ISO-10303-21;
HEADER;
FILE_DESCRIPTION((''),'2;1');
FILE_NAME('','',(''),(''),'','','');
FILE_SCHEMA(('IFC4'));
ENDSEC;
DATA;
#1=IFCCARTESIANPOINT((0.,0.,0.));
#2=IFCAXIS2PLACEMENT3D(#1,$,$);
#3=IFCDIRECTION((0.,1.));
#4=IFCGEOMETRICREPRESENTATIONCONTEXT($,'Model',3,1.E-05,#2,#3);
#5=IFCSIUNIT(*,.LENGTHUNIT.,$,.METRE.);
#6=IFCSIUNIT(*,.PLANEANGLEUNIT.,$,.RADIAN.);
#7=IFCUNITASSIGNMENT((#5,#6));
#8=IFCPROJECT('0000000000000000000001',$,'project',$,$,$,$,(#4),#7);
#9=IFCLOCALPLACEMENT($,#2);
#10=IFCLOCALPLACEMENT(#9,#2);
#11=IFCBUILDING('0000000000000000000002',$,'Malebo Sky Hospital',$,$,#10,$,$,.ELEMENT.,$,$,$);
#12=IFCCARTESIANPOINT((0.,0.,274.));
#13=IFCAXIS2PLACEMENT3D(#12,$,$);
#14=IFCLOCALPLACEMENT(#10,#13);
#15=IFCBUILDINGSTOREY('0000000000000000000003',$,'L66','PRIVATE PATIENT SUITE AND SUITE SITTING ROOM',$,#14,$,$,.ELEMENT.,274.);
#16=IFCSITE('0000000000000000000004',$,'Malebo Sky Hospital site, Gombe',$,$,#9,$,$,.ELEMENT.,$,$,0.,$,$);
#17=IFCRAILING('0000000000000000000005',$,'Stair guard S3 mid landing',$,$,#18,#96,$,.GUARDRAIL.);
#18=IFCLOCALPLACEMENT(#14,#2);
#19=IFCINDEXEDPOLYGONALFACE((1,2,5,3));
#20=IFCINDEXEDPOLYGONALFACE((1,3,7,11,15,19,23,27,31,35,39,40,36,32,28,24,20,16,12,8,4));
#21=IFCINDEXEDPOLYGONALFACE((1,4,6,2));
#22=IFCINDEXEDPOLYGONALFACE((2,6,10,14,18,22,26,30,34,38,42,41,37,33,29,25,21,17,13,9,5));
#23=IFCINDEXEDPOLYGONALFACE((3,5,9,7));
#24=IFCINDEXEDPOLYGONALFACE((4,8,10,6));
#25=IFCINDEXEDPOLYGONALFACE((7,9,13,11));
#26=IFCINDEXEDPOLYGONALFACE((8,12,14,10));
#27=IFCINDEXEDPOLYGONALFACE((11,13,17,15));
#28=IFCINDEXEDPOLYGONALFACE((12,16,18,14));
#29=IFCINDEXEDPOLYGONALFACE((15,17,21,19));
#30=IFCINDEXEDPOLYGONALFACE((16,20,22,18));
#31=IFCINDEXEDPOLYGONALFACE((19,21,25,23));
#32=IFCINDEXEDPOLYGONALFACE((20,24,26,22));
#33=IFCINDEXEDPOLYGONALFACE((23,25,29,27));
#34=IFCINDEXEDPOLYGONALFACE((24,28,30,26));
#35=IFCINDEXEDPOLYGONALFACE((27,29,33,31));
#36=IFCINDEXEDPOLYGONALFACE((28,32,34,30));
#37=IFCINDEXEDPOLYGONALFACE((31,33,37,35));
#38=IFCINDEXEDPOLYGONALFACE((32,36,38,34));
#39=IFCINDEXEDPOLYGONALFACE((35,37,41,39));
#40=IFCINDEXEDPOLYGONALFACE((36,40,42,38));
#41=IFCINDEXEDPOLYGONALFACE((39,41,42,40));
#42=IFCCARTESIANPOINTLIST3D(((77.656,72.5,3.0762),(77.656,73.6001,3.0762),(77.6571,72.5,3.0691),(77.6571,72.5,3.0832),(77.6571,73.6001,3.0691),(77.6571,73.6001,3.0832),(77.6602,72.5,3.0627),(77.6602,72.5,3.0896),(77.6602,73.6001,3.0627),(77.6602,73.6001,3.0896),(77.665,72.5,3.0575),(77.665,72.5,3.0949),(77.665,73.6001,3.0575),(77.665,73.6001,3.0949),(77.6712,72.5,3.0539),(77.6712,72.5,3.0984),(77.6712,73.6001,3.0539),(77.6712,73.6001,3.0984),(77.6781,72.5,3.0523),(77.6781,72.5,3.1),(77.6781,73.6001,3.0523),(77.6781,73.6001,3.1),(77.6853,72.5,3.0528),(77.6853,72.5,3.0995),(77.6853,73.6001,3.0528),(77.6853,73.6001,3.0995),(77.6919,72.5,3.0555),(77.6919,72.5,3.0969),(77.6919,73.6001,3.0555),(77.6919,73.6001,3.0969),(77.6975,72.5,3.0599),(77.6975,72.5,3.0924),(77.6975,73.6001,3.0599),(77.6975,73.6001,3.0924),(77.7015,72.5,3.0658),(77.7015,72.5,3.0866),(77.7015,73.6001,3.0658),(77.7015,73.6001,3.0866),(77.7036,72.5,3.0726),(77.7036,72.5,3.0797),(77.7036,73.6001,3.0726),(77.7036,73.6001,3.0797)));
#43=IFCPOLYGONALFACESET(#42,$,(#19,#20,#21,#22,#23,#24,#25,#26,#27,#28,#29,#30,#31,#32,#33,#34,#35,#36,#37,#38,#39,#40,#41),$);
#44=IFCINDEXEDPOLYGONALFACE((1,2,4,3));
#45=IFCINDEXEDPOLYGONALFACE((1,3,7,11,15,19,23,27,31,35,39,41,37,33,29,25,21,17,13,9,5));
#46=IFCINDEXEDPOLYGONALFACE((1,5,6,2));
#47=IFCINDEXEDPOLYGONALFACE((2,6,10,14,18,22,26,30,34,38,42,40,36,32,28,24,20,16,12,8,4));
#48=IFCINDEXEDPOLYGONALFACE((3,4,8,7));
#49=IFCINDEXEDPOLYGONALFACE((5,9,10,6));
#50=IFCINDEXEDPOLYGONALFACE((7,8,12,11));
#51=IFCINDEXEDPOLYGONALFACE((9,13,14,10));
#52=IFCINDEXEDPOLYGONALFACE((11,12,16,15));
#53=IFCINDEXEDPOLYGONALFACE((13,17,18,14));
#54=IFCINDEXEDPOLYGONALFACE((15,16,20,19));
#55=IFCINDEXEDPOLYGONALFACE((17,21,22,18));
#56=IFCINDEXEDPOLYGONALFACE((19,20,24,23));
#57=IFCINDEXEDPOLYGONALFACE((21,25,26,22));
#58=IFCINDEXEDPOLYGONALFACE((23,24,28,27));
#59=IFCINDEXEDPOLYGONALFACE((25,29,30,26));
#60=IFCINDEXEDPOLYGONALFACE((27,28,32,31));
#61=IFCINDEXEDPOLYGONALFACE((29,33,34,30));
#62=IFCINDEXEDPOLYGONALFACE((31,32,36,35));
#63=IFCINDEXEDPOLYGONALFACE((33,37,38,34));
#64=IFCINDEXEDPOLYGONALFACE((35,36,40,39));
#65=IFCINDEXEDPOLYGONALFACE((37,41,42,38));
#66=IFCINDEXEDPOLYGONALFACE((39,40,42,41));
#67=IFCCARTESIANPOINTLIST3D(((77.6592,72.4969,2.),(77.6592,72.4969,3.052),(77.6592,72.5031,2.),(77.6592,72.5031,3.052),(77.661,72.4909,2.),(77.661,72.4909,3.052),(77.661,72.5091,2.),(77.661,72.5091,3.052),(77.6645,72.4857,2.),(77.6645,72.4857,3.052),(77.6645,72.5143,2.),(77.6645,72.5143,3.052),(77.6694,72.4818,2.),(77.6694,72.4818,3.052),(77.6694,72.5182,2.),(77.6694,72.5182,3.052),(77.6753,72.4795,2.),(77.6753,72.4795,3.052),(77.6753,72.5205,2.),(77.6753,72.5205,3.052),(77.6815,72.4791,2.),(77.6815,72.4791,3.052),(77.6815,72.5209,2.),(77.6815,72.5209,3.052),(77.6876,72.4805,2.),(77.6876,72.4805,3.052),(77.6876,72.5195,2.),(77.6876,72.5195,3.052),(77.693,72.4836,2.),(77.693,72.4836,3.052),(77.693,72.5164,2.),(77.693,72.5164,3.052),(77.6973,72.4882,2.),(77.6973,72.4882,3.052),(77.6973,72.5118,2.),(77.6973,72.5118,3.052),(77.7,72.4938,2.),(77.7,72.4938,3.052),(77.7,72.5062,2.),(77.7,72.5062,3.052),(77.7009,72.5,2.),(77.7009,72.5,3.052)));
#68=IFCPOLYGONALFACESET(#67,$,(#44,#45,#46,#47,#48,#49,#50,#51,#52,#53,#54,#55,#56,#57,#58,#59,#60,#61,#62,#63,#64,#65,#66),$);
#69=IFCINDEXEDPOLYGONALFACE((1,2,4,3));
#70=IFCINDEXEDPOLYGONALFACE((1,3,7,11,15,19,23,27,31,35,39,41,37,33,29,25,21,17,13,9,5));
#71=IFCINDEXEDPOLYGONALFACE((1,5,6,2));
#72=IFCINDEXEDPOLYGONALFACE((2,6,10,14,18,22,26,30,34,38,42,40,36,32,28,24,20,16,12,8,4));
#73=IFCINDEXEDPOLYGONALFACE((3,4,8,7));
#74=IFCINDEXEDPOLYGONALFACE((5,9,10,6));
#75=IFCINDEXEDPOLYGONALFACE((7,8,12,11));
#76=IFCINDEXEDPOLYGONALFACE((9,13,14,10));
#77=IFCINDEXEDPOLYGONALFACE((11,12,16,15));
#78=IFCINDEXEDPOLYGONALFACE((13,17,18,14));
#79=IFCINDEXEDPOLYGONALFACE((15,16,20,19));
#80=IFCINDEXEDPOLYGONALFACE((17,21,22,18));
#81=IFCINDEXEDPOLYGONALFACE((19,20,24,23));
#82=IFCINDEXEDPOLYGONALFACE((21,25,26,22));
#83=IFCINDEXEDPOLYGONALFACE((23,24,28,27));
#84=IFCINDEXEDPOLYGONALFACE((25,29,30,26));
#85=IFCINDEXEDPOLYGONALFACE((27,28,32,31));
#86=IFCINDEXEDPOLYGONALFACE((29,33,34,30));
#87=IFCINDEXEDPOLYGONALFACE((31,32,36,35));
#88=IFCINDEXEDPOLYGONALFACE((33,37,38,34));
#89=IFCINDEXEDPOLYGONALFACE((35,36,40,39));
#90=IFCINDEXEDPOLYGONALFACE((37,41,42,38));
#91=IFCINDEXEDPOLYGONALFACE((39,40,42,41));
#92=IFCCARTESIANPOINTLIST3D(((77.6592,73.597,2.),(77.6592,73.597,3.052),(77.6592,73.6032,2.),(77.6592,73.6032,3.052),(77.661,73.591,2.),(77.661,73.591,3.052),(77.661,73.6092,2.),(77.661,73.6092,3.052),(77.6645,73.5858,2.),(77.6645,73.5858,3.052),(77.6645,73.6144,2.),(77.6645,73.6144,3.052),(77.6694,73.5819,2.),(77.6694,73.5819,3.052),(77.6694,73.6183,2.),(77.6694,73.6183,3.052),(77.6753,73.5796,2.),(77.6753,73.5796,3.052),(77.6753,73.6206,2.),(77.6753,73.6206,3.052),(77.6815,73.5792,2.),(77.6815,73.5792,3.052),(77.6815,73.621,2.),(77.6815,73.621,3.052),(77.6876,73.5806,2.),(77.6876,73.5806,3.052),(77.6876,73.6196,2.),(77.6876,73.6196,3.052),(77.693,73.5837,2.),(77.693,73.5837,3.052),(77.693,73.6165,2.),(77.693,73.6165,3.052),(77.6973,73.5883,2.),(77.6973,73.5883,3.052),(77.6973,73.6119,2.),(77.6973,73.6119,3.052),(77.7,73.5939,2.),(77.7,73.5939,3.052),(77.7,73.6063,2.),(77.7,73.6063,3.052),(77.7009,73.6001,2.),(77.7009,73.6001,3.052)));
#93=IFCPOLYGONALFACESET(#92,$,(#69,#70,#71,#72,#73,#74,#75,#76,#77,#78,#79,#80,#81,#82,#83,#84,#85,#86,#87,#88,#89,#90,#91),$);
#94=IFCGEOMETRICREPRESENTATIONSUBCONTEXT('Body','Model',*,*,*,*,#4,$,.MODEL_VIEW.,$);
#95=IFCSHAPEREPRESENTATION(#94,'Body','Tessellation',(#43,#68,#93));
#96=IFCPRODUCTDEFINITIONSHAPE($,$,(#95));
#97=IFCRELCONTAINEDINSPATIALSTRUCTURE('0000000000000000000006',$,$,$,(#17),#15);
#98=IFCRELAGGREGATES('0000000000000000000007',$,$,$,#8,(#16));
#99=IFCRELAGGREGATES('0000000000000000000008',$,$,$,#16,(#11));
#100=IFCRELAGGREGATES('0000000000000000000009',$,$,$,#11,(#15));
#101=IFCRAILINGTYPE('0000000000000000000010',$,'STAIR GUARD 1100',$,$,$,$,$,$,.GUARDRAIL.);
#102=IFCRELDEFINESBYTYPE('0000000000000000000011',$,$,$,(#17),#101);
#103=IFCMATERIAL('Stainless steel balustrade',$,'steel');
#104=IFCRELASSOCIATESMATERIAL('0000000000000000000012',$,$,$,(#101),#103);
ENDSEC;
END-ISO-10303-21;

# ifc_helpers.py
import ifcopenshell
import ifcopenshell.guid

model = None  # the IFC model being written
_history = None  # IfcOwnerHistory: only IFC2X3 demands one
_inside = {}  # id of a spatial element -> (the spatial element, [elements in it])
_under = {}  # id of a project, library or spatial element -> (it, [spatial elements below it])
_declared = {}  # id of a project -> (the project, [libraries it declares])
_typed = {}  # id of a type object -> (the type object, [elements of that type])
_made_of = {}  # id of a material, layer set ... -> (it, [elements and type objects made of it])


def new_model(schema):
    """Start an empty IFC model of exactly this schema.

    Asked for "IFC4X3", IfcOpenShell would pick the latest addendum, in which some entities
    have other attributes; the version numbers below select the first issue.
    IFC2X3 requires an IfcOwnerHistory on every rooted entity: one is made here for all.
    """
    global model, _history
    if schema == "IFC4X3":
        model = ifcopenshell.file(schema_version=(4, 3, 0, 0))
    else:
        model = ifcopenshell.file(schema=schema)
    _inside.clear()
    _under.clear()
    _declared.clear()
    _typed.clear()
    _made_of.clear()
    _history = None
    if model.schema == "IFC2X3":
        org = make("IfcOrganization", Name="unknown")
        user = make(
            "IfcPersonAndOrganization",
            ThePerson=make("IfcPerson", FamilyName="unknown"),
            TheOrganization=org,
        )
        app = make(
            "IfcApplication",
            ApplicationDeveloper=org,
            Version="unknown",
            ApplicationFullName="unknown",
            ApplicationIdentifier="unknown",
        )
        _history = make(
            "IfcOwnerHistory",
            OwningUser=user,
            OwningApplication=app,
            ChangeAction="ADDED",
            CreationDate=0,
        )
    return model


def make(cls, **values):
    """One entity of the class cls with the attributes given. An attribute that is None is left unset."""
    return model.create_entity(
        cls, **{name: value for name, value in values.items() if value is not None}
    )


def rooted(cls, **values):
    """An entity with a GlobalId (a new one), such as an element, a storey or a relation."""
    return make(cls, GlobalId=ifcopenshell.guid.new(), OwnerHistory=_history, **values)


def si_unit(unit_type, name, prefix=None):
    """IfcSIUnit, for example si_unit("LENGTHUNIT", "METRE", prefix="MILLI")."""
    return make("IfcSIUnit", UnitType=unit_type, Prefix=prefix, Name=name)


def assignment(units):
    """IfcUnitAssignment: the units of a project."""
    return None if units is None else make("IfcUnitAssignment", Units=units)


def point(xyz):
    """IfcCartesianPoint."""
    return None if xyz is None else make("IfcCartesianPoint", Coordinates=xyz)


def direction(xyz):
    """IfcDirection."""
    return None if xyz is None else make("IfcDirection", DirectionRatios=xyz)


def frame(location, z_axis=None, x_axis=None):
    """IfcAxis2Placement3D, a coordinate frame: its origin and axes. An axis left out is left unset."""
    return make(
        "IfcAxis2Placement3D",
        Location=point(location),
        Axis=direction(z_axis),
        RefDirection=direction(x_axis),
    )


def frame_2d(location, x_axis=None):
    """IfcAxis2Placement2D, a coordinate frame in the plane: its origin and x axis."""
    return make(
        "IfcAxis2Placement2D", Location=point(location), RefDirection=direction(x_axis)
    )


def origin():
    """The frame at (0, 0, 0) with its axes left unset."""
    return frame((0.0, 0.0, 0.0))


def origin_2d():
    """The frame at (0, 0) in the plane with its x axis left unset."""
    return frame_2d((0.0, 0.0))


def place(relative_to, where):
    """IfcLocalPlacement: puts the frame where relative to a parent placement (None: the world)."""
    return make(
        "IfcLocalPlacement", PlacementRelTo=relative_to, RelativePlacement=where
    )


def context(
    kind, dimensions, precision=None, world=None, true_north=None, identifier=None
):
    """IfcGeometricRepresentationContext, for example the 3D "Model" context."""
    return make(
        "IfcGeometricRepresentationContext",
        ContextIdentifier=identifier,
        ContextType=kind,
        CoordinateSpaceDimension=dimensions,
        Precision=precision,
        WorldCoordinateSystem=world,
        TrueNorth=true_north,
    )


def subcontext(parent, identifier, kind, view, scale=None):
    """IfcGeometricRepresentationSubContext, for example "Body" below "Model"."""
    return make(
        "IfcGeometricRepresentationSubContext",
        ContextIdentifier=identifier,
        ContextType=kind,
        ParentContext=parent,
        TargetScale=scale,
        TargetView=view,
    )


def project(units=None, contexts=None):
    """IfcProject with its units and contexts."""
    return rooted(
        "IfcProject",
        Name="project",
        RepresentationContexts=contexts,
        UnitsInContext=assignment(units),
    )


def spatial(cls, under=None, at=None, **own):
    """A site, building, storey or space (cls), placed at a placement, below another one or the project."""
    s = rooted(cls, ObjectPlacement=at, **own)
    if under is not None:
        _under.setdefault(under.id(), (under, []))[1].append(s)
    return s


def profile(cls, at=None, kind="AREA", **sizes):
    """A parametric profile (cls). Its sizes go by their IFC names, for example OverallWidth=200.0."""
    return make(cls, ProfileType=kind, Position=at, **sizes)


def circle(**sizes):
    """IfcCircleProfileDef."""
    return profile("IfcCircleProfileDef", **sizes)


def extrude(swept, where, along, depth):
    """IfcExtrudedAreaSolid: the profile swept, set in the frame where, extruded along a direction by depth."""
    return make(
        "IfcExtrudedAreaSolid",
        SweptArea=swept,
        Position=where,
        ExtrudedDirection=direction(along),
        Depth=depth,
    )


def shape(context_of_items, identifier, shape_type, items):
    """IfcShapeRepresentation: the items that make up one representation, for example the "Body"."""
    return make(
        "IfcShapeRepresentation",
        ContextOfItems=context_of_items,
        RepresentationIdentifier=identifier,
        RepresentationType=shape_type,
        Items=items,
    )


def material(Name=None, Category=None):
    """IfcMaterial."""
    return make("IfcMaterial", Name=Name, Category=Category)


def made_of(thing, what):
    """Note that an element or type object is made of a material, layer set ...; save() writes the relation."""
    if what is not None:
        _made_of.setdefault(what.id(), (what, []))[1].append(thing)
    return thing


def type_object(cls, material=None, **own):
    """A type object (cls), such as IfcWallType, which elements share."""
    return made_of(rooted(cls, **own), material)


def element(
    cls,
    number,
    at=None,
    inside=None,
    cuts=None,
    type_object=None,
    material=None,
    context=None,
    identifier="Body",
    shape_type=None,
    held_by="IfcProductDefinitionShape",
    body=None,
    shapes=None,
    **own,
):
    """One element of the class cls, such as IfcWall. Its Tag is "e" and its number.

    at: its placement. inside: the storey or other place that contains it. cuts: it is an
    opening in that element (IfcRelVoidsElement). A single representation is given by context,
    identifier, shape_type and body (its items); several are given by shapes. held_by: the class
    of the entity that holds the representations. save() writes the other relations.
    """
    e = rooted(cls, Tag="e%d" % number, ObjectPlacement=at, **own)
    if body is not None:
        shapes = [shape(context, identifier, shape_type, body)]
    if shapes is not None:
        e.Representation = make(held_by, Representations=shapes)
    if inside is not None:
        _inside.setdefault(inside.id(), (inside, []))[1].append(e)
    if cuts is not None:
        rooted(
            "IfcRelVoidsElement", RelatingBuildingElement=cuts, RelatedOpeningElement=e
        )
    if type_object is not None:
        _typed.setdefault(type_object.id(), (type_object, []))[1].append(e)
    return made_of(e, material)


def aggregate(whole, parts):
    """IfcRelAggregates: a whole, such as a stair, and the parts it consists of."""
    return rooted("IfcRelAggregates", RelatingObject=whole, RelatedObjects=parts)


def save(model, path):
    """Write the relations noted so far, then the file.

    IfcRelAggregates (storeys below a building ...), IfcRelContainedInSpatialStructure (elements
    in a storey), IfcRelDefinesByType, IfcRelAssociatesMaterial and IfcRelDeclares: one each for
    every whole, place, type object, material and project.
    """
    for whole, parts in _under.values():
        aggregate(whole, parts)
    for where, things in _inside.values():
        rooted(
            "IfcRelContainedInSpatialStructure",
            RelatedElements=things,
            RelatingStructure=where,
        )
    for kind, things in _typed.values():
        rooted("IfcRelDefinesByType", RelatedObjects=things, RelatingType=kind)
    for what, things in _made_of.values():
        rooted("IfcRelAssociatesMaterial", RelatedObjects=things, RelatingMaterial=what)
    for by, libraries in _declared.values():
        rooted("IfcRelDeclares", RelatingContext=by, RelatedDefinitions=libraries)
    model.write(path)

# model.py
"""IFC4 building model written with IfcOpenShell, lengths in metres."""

from ifc_helpers import new_model, si_unit, direction, frame, origin, origin_2d, place, context, subcontext, project, spatial, circle, extrude, material, type_object, element, save


model = new_model("IFC4")

# Units and contexts
model_context = context("Model", 3, precision=1e-05, world=origin(), true_north=direction((0.0, 1.0)))
body_context = subcontext(model_context, "Body", "Model", "MODEL_VIEW")
ifc_project = project(units=[si_unit("LENGTHUNIT", "METRE"), si_unit("PLANEANGLEUNIT", "RADIAN")], contexts=[model_context])

# Site, building, storey
site_placement = place(None, origin())
site = spatial("IfcSite", under=ifc_project, at=site_placement, Name="Malebo Sky Hospital site, Gombe", CompositionType="ELEMENT", RefElevation=0.0)
building_placement = place(site_placement, origin())
building = spatial("IfcBuilding", under=site, at=building_placement, Name="Malebo Sky Hospital", CompositionType="ELEMENT")
storey_placement = place(building_placement, frame((0.0, 0.0, 274.0)))
storey = spatial("IfcBuildingStorey", under=building, at=storey_placement, Name="L66", Description="PRIVATE PATIENT SUITE AND SUITE SITTING ROOM", CompositionType="ELEMENT", Elevation=274.0)

# Railing
ifc_material_1 = material(Name="Stainless steel balustrade", Category="steel")
railing_type_1 = type_object("IfcRailingType", Name="STAIR GUARD 1100", PredefinedType="GUARDRAIL", material=ifc_material_1)
for number, where, name in (
    (1, (77.6799, 72.5, 2.0), "Stair guard S3 mid landing"),
):
    element("IfcRailing", number, at=place(storey_placement, frame(where)), inside=storey, type_object=railing_type_1, Name=name, PredefinedType="GUARDRAIL", context=body_context, shape_type="SweptSolid", body=[
        extrude(circle(Radius=0.0239, at=origin_2d()), frame((0.0, 0.0, 1.0762), z_axis=(0.0, 1.0, 0.0), x_axis=(-1.0, 0.0, 0.0)), (0.0, 0.0, 1.0), 1.1001),
        extrude(circle(Radius=0.021, at=origin_2d()), origin(), (0.0, 0.0, 1.0), 1.052),
        extrude(circle(Radius=0.021, at=origin_2d()), frame((0.0, 1.1001, 0.0)), (0.0, 0.0, 1.0), 1.052),
    ])

save(model, "model.ifc")
